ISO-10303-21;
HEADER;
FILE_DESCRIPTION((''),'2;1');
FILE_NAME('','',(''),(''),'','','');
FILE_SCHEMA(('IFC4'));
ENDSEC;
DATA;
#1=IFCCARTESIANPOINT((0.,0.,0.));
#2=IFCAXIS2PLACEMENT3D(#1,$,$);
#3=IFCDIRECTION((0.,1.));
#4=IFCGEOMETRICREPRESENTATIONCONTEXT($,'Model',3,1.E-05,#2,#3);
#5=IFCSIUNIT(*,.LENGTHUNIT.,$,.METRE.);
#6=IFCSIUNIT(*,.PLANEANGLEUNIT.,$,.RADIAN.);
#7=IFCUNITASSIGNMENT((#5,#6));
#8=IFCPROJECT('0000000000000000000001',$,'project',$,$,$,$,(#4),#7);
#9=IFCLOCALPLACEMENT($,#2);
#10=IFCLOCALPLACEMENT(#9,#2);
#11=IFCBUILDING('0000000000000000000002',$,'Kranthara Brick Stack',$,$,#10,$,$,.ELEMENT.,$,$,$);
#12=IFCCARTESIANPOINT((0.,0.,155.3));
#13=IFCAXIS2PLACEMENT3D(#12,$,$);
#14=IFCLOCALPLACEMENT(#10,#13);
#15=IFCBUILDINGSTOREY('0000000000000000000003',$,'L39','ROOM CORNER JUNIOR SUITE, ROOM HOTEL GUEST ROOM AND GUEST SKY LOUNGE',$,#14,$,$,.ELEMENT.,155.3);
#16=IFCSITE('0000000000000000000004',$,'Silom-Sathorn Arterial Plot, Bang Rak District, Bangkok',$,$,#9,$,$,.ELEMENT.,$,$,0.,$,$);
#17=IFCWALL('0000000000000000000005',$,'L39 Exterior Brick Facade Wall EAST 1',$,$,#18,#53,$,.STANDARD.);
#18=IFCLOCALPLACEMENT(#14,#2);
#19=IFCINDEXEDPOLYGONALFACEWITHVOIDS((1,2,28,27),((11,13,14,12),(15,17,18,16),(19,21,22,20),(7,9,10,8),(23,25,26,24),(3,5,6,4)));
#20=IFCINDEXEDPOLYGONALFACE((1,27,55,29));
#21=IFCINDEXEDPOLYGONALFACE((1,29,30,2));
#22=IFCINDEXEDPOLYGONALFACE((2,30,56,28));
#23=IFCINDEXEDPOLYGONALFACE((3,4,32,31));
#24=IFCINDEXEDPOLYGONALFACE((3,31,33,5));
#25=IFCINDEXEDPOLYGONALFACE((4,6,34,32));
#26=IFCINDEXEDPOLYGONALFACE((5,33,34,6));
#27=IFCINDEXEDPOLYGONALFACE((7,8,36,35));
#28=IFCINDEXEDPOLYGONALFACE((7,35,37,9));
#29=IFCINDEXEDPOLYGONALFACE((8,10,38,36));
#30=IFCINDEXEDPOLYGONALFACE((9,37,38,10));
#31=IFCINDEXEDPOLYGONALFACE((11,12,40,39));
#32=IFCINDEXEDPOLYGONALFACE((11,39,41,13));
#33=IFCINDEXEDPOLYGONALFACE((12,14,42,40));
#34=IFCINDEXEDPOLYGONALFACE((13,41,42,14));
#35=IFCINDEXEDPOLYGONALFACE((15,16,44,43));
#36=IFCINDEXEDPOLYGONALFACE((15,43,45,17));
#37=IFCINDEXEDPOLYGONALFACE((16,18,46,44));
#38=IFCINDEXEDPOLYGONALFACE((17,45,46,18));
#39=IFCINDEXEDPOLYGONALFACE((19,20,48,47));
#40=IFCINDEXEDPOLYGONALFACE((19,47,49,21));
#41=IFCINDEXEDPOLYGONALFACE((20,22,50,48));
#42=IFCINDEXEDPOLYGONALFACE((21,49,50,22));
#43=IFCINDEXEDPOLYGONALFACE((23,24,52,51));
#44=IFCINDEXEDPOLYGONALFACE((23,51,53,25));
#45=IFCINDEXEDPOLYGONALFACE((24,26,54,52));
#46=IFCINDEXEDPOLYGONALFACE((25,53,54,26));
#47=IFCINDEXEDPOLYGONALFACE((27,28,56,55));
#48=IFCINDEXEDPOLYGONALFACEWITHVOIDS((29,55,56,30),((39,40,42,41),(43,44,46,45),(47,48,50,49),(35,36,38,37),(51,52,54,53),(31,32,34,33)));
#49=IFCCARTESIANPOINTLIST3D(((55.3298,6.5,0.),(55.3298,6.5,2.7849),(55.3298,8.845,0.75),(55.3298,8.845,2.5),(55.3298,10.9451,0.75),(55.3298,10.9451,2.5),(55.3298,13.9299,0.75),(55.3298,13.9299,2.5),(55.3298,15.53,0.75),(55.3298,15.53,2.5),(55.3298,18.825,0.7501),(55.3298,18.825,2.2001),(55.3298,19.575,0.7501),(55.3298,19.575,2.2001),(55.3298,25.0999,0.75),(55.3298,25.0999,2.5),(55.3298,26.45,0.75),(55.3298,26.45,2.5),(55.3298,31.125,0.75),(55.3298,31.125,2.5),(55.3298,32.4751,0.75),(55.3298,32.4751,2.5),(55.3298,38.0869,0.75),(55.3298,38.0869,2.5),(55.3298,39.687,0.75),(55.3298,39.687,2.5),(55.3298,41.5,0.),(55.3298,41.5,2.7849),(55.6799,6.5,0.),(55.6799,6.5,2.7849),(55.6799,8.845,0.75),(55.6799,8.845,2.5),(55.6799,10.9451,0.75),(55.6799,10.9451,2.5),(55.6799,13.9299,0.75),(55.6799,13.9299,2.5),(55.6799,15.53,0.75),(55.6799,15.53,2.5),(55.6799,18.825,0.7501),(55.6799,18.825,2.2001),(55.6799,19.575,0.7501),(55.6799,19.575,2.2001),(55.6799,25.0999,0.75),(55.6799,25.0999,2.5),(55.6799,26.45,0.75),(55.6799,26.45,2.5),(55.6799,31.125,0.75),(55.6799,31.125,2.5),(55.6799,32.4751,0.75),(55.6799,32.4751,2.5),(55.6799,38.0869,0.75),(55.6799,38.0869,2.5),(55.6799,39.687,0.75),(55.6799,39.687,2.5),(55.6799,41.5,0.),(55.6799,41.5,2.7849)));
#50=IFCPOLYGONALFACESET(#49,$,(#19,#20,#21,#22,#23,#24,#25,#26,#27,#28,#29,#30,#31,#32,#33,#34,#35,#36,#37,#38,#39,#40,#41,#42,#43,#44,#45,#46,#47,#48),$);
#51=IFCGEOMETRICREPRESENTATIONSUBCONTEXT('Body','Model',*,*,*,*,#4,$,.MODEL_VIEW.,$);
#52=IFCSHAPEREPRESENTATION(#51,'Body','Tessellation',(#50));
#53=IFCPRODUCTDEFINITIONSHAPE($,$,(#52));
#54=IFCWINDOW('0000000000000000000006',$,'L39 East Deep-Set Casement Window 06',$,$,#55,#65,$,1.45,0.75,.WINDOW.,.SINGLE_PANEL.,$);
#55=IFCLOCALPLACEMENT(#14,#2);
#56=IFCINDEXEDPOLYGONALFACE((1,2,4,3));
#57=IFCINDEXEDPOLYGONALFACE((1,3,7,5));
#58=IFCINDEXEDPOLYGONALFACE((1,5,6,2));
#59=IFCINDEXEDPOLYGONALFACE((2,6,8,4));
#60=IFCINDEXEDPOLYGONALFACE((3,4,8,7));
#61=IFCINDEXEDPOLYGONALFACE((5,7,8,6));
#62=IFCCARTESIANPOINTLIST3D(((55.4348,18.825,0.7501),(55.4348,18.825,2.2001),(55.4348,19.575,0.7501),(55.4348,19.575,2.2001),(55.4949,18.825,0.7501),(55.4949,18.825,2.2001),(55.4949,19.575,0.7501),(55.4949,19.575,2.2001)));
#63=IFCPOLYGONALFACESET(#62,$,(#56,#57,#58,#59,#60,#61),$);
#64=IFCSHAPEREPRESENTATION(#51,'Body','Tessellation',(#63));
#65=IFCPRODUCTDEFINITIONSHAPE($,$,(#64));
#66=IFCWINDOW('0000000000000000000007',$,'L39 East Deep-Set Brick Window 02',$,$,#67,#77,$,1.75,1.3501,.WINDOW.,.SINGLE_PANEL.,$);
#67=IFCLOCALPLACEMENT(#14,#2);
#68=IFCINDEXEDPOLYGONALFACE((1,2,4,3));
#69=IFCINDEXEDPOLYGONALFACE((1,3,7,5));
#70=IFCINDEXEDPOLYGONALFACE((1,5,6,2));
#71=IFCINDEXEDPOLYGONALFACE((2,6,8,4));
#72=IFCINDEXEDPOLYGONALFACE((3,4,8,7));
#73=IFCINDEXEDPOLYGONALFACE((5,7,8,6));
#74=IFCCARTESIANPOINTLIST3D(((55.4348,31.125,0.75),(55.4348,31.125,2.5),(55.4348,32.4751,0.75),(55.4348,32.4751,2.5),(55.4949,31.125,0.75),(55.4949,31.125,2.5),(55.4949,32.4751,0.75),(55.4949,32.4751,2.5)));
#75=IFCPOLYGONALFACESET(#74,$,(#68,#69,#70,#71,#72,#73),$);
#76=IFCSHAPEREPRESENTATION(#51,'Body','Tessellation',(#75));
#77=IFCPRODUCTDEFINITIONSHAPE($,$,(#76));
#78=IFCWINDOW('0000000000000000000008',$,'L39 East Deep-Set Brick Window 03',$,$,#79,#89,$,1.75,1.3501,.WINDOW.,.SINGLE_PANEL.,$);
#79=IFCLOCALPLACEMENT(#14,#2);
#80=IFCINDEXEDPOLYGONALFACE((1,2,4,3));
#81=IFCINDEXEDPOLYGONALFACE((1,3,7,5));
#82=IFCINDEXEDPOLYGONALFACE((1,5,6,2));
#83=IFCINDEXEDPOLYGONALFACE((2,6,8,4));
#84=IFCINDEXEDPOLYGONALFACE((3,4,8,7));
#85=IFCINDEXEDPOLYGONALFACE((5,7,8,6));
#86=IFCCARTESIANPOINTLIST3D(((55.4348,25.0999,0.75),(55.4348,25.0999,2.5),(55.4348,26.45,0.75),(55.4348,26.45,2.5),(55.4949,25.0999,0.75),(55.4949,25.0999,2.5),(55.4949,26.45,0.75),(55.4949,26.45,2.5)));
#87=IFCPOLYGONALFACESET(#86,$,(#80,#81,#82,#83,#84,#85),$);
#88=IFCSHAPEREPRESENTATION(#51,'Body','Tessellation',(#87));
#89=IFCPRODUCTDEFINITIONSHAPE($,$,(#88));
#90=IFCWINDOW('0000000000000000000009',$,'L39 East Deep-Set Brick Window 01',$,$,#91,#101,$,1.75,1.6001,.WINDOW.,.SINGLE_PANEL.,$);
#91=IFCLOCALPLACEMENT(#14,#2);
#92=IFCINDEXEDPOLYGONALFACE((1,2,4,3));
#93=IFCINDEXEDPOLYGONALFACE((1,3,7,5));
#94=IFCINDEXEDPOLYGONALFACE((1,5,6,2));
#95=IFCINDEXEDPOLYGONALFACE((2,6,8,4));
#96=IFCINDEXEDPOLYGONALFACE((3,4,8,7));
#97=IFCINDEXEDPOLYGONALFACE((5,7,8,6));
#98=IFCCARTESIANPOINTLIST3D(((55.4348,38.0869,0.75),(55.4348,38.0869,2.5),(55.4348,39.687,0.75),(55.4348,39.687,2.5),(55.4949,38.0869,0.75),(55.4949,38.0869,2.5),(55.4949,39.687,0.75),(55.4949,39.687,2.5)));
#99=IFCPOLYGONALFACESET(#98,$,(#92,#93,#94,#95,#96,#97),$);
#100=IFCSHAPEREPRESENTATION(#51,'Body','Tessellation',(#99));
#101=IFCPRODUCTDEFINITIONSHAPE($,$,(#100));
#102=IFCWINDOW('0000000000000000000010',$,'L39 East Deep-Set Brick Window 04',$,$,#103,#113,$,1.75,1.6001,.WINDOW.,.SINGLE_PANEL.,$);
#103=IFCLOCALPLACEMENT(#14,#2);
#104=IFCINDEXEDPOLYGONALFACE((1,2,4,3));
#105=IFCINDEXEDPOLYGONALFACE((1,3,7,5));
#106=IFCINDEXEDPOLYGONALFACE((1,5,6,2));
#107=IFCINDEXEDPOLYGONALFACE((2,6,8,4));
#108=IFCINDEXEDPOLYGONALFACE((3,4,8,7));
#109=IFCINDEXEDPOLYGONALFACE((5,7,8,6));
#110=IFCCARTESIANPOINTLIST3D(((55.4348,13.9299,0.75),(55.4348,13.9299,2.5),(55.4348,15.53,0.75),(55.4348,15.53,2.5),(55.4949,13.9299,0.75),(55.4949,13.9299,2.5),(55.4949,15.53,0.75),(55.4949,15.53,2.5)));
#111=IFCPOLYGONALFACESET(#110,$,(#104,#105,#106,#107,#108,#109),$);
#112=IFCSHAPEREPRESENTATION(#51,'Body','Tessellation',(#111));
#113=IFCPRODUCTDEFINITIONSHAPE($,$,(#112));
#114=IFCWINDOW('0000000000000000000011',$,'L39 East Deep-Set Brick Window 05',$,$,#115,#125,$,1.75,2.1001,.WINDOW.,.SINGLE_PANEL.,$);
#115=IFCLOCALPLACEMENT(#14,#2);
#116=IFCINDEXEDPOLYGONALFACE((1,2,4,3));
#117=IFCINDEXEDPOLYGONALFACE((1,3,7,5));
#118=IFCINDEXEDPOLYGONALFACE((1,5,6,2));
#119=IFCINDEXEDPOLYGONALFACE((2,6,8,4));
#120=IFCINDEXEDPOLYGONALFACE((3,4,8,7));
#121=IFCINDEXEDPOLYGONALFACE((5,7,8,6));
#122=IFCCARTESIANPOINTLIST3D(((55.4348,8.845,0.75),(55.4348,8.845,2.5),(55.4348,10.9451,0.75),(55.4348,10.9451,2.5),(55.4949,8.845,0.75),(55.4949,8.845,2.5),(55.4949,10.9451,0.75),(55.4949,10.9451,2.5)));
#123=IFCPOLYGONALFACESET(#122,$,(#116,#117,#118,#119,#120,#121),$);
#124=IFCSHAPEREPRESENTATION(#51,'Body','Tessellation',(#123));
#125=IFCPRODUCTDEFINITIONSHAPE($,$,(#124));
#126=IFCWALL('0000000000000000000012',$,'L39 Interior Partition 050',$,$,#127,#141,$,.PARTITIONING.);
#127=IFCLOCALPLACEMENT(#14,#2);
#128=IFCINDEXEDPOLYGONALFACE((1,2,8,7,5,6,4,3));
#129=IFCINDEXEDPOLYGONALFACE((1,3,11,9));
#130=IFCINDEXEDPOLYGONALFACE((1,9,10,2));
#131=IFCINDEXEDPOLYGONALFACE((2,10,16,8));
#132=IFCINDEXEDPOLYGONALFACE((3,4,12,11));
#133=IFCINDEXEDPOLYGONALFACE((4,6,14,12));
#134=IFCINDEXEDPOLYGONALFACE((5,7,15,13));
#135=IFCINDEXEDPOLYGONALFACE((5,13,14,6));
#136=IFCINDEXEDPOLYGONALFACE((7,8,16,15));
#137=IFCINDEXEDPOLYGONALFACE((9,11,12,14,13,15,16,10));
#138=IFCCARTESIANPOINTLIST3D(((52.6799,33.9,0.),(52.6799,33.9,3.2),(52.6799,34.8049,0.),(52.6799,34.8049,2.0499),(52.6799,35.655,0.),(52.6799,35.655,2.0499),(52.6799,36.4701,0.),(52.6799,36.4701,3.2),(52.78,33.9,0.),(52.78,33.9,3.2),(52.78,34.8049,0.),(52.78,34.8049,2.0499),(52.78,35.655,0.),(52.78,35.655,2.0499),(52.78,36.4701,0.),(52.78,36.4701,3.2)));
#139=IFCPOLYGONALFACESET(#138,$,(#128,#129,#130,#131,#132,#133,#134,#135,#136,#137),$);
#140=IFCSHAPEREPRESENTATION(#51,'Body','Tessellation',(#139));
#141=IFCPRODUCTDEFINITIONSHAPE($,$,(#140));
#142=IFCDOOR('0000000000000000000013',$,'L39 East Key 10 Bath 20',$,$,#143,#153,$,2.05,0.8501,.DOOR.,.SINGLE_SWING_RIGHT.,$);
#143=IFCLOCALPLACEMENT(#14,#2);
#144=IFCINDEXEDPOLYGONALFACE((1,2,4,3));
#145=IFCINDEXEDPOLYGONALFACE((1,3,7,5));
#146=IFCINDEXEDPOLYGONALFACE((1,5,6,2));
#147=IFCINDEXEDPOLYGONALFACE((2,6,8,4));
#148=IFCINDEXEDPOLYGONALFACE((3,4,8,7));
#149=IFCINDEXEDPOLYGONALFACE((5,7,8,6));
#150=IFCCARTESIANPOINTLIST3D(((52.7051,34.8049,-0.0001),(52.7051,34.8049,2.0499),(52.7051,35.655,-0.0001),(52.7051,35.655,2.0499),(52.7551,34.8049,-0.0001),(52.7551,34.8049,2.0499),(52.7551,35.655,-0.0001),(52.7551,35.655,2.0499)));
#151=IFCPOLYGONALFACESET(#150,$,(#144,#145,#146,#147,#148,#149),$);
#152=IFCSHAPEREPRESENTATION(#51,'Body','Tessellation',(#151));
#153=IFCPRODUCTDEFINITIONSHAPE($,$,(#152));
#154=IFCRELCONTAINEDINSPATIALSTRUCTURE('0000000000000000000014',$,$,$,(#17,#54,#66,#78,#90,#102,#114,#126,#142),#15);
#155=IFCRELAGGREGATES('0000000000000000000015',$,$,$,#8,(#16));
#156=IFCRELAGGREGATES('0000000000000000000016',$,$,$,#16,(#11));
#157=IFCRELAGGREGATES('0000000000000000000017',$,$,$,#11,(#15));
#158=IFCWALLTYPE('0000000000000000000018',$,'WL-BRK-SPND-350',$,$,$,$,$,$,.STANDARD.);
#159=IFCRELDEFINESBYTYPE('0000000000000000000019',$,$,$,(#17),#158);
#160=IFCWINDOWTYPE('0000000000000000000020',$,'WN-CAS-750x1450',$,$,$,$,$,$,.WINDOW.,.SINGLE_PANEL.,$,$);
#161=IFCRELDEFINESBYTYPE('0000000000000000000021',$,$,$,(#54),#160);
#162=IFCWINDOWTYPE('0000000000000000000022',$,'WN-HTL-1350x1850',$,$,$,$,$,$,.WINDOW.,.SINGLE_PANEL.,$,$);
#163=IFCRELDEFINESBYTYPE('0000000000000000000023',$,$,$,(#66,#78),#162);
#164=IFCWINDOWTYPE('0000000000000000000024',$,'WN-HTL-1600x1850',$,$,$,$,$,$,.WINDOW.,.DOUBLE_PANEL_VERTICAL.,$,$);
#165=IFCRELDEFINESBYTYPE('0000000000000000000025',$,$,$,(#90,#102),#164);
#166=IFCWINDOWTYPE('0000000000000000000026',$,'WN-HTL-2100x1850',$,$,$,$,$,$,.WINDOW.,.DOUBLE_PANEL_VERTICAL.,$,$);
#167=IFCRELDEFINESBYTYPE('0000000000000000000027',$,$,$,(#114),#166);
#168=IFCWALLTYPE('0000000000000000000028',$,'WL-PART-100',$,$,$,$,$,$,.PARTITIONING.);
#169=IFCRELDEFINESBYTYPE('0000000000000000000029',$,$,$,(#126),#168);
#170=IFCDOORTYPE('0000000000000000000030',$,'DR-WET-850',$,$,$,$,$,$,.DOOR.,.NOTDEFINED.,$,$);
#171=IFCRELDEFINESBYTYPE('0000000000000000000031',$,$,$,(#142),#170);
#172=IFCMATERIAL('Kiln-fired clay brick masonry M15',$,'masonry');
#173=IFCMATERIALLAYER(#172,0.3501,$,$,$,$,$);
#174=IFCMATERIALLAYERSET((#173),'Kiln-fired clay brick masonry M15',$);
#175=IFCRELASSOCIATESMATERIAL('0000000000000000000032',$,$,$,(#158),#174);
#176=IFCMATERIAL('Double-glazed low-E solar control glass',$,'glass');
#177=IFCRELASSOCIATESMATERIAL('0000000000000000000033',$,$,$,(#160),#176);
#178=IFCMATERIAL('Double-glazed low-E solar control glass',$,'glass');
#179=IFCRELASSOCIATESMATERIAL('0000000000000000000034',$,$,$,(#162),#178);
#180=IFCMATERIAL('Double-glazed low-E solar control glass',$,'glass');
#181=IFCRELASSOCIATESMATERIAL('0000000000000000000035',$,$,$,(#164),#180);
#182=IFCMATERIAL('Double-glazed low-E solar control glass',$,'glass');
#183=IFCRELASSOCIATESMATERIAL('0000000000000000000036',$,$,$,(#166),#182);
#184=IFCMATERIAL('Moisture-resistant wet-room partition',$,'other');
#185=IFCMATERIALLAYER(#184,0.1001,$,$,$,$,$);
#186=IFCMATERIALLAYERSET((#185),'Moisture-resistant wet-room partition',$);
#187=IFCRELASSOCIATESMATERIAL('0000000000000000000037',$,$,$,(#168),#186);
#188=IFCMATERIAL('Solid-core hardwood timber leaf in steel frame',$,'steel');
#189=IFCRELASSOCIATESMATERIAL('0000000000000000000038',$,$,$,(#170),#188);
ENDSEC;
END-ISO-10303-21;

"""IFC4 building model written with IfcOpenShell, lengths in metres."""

from ifc_helpers import new_model, si_unit, direction, frame, frame_2d, origin, place, context, subcontext, project, spatial, rectangle, extrude, material, layer, layer_set, type_object, element, fill, save


model = new_model("IFC4")

# Units and contexts
model_context = context("Model", 3, precision=1e-05, world=origin(), true_north=direction((0.0, 1.0)))
body_context = subcontext(model_context, "Body", "Model", "MODEL_VIEW")
ifc_project = project(units=[si_unit("LENGTHUNIT", "METRE"), si_unit("PLANEANGLEUNIT", "RADIAN")], contexts=[model_context])

# Site, building, storey
site_placement = place(None, origin())
site = spatial("IfcSite", under=ifc_project, at=site_placement, Name="Silom-Sathorn Arterial Plot, Bang Rak District, Bangkok", CompositionType="ELEMENT", RefElevation=0.0)
building_placement = place(site_placement, origin())
building = spatial("IfcBuilding", under=site, at=building_placement, Name="Kranthara Brick Stack", CompositionType="ELEMENT")
storey_placement = place(building_placement, frame((0.0, 0.0, 155.3)))
storey = spatial("IfcBuildingStorey", under=building, at=storey_placement, Name="L39", Description="ROOM CORNER JUNIOR SUITE, ROOM HOTEL GUEST ROOM AND GUEST SKY LOUNGE", CompositionType="ELEMENT", Elevation=155.3)

# Shared definitions
ifc_material_1 = material(Name="Kiln-fired clay brick masonry M15", Category="masonry")
ifc_layer_1 = layer(ifc_material_1, 0.3501)
ifc_layer_set_1 = layer_set([ifc_layer_1], Name="Kiln-fired clay brick masonry M15")
wall_type_1 = type_object("IfcWallType", Name="WL-BRK-SPND-350", PredefinedType="STANDARD", material=ifc_layer_set_1)

# Wall, openings, windows
wall_1_placement = place(storey_placement, frame((55.5049, 41.5, 0.0), z_axis=(0.0, 0.0, 1.0), x_axis=(0.0, -1.0, 0.0)))
wall_1 = element("IfcWall", 1, at=wall_1_placement, inside=storey, type_object=wall_type_1, Name="L39 Exterior Brick Facade Wall EAST 1", PredefinedType="STANDARD", context=body_context, shape_type="SweptSolid", body=[
    extrude(rectangle(XDim=35.0, YDim=0.3501, at=frame_2d((17.5, 0.0))), origin(), (0.0, 0.0, 1.0), 2.7849),
])
opening_1_placement = place(wall_1_placement, frame((1.813, 0.0, 0.75)))
opening_1 = element("IfcOpeningElement", 2, at=opening_1_placement, cuts=wall_1, PredefinedType="OPENING", context=body_context, shape_type="SweptSolid", body=[
    extrude(rectangle(XDim=1.6001, YDim=1.75, at=frame_2d((0.8, 0.875))), frame((0.0, 0.1851, 0.0), z_axis=(0.0, -1.0, 0.0), x_axis=(1.0, 0.0, 0.0)), (0.0, 0.0, 1.0), 0.3701),
])
opening_2_placement = place(wall_1_placement, frame((9.0249, 0.0, 0.75)))
opening_2 = element("IfcOpeningElement", 3, at=opening_2_placement, cuts=wall_1, PredefinedType="OPENING", context=body_context, shape_type="SweptSolid", body=[
    extrude(rectangle(XDim=1.3501, YDim=1.75, at=frame_2d((0.675, 0.875))), frame((0.0, 0.1851, 0.0), z_axis=(0.0, -1.0, 0.0), x_axis=(1.0, 0.0, 0.0)), (0.0, 0.0, 1.0), 0.3701),
])
opening_3_placement = place(wall_1_placement, frame((15.05, 0.0, 0.75)))
opening_3 = element("IfcOpeningElement", 4, at=opening_3_placement, cuts=wall_1, PredefinedType="OPENING", context=body_context, shape_type="SweptSolid", body=[
    extrude(rectangle(XDim=1.3501, YDim=1.75, at=frame_2d((0.675, 0.875))), frame((0.0, 0.1851, 0.0), z_axis=(0.0, -1.0, 0.0), x_axis=(1.0, 0.0, 0.0)), (0.0, 0.0, 1.0), 0.3701),
])
opening_4_placement = place(wall_1_placement, frame((25.97, 0.0, 0.75)))
opening_4 = element("IfcOpeningElement", 5, at=opening_4_placement, cuts=wall_1, PredefinedType="OPENING", context=body_context, shape_type="SweptSolid", body=[
    extrude(rectangle(XDim=1.6001, YDim=1.75, at=frame_2d((0.8, 0.875))), frame((0.0, 0.1851, 0.0), z_axis=(0.0, -1.0, 0.0), x_axis=(1.0, 0.0, 0.0)), (0.0, 0.0, 1.0), 0.3701),
])
opening_5_placement = place(wall_1_placement, frame((30.5549, 0.0, 0.75)))
opening_5 = element("IfcOpeningElement", 6, at=opening_5_placement, cuts=wall_1, PredefinedType="OPENING", context=body_context, shape_type="SweptSolid", body=[
    extrude(rectangle(XDim=2.1001, YDim=1.75, at=frame_2d((1.05, 0.875))), frame((0.0, 0.1851, 0.0), z_axis=(0.0, -1.0, 0.0), x_axis=(1.0, 0.0, 0.0)), (0.0, 0.0, 1.0), 0.3701),
])
opening_6_placement = place(wall_1_placement, frame((21.925, 0.0, 0.75)))
opening_6 = element("IfcOpeningElement", 7, at=opening_6_placement, cuts=wall_1, PredefinedType="OPENING", context=body_context, shape_type="SweptSolid", body=[
    extrude(rectangle(XDim=0.75, YDim=1.45, at=frame_2d((0.375, 0.7251))), frame((0.0, 0.1851, 0.0), z_axis=(0.0, -1.0, 0.0), x_axis=(1.0, 0.0, 0.0)), (0.0, 0.0, 1.0), 0.3701),
])
ifc_material_2 = material(Name="Double-glazed low-E solar control glass", Category="glass")
window_type_1 = type_object("IfcWindowType", Name="WN-CAS-750x1450", PartitioningType="SINGLE_PANEL", PredefinedType="WINDOW", material=ifc_material_2)
window_1_placement = place(opening_6_placement, origin())
window_1 = element("IfcWindow", 8, at=window_1_placement, inside=storey, type_object=window_type_1, Name="L39 East Deep-Set Casement Window 06", OverallHeight=1.45, OverallWidth=0.75, PartitioningType="SINGLE_PANEL", PredefinedType="WINDOW", context=body_context, shape_type="SweptSolid", body=[
    extrude(rectangle(XDim=0.75, YDim=1.45, at=frame_2d((0.375, 0.7251))), frame((0.0, -0.01, 0.0), z_axis=(0.0, -1.0, 0.0), x_axis=(1.0, 0.0, 0.0)), (0.0, 0.0, 1.0), 0.0601),
])
fill(opening_6, window_1)
ifc_material_3 = material(Name="Double-glazed low-E solar control glass", Category="glass")
window_type_2 = type_object("IfcWindowType", Name="WN-HTL-1350x1850", PartitioningType="SINGLE_PANEL", PredefinedType="WINDOW", material=ifc_material_3)
window_2_placement = place(opening_2_placement, origin())
window_2 = element("IfcWindow", 9, at=window_2_placement, inside=storey, type_object=window_type_2, Name="L39 East Deep-Set Brick Window 02", OverallHeight=1.75, OverallWidth=1.3501, PartitioningType="SINGLE_PANEL", PredefinedType="WINDOW", context=body_context, shape_type="SweptSolid", body=[
    extrude(rectangle(XDim=1.3501, YDim=1.75, at=frame_2d((0.675, 0.875))), frame((0.0, -0.01, 0.0), z_axis=(0.0, -1.0, 0.0), x_axis=(1.0, 0.0, 0.0)), (0.0, 0.0, 1.0), 0.0601),
])
fill(opening_2, window_2)
window_3_placement = place(opening_3_placement, origin())
window_3 = element("IfcWindow", 10, at=window_3_placement, inside=storey, type_object=window_type_2, Name="L39 East Deep-Set Brick Window 03", OverallHeight=1.75, OverallWidth=1.3501, PartitioningType="SINGLE_PANEL", PredefinedType="WINDOW", context=body_context, shape_type="SweptSolid", body=[
    extrude(rectangle(XDim=1.3501, YDim=1.75, at=frame_2d((0.675, 0.875))), frame((0.0, -0.01, 0.0), z_axis=(0.0, -1.0, 0.0), x_axis=(1.0, 0.0, 0.0)), (0.0, 0.0, 1.0), 0.0601),
])
fill(opening_3, window_3)
ifc_material_4 = material(Name="Double-glazed low-E solar control glass", Category="glass")
window_type_3 = type_object("IfcWindowType", Name="WN-HTL-1600x1850", PartitioningType="DOUBLE_PANEL_VERTICAL", PredefinedType="WINDOW", material=ifc_material_4)
window_4_placement = place(opening_1_placement, origin())
window_4 = element("IfcWindow", 11, at=window_4_placement, inside=storey, type_object=window_type_3, Name="L39 East Deep-Set Brick Window 01", OverallHeight=1.75, OverallWidth=1.6001, PartitioningType="SINGLE_PANEL", PredefinedType="WINDOW", context=body_context, shape_type="SweptSolid", body=[
    extrude(rectangle(XDim=1.6001, YDim=1.75, at=frame_2d((0.8, 0.875))), frame((0.0, -0.01, 0.0), z_axis=(0.0, -1.0, 0.0), x_axis=(1.0, 0.0, 0.0)), (0.0, 0.0, 1.0), 0.0601),
])
fill(opening_1, window_4)
window_5_placement = place(opening_4_placement, origin())
window_5 = element("IfcWindow", 12, at=window_5_placement, inside=storey, type_object=window_type_3, Name="L39 East Deep-Set Brick Window 04", OverallHeight=1.75, OverallWidth=1.6001, PartitioningType="SINGLE_PANEL", PredefinedType="WINDOW", context=body_context, shape_type="SweptSolid", body=[
    extrude(rectangle(XDim=1.6001, YDim=1.75, at=frame_2d((0.8, 0.875))), frame((0.0, -0.01, 0.0), z_axis=(0.0, -1.0, 0.0), x_axis=(1.0, 0.0, 0.0)), (0.0, 0.0, 1.0), 0.0601),
])
fill(opening_4, window_5)
ifc_material_5 = material(Name="Double-glazed low-E solar control glass", Category="glass")
window_type_4 = type_object("IfcWindowType", Name="WN-HTL-2100x1850", PartitioningType="DOUBLE_PANEL_VERTICAL", PredefinedType="WINDOW", material=ifc_material_5)
window_6_placement = place(opening_5_placement, origin())
window_6 = element("IfcWindow", 13, at=window_6_placement, inside=storey, type_object=window_type_4, Name="L39 East Deep-Set Brick Window 05", OverallHeight=1.75, OverallWidth=2.1001, PartitioningType="SINGLE_PANEL", PredefinedType="WINDOW", context=body_context, shape_type="SweptSolid", body=[
    extrude(rectangle(XDim=2.1001, YDim=1.75, at=frame_2d((1.05, 0.875))), frame((0.0, -0.01, 0.0), z_axis=(0.0, -1.0, 0.0), x_axis=(1.0, 0.0, 0.0)), (0.0, 0.0, 1.0), 0.0601),
])
fill(opening_5, window_6)

# Wall, opening, door
ifc_material_6 = material(Name="Moisture-resistant wet-room partition", Category="other")
ifc_layer_2 = layer(ifc_material_6, 0.1001)
ifc_layer_set_2 = layer_set([ifc_layer_2], Name="Moisture-resistant wet-room partition")
wall_type_2 = type_object("IfcWallType", Name="WL-PART-100", PredefinedType="PARTITIONING", material=ifc_layer_set_2)
wall_2_placement = place(storey_placement, frame((52.73, 33.8999, 0.0), z_axis=(0.0, 0.0, 1.0), x_axis=(0.0, 1.0, 0.0)))
wall_2 = element("IfcWall", 14, at=wall_2_placement, inside=storey, type_object=wall_type_2, Name="L39 Interior Partition 050", PredefinedType="PARTITIONING", context=body_context, shape_type="SweptSolid", body=[
    extrude(rectangle(XDim=2.5701, YDim=0.1001, at=frame_2d((1.2852, 0.0))), origin(), (0.0, 0.0, 1.0), 3.2),
])
opening_7_placement = place(wall_2_placement, frame((0.905, 0.0, 0.0)))
opening_7 = element("IfcOpeningElement", 15, at=opening_7_placement, cuts=wall_2, PredefinedType="OPENING", context=body_context, shape_type="SweptSolid", body=[
    extrude(rectangle(XDim=0.8501, YDim=2.05, at=frame_2d((0.425, 1.0249))), frame((0.0, 0.0601, 0.0), z_axis=(0.0, -1.0, 0.0), x_axis=(1.0, 0.0, 0.0)), (0.0, 0.0, 1.0), 0.1201),
])
ifc_material_7 = material(Name="Solid-core hardwood timber leaf in steel frame", Category="steel")
door_type = type_object("IfcDoorType", Name="DR-WET-850", OperationType="NOTDEFINED", PredefinedType="DOOR", material=ifc_material_7)
door_placement = place(opening_7_placement, origin())
door = element("IfcDoor", 16, at=door_placement, inside=storey, type_object=door_type, Name="L39 East Key 10 Bath 20", OperationType="SINGLE_SWING_RIGHT", OverallHeight=2.05, OverallWidth=0.8501, PredefinedType="DOOR", context=body_context, shape_type="SweptSolid", body=[
    extrude(rectangle(XDim=0.8501, YDim=2.05, at=frame_2d((0.425, 1.0249))), frame((0.0, 0.0249, 0.0), z_axis=(0.0, -1.0, 0.0), x_axis=(1.0, 0.0, 0.0)), (0.0, 0.0, 1.0), 0.05),
])
fill(opening_7, door)

save(model, "model.ifc")
